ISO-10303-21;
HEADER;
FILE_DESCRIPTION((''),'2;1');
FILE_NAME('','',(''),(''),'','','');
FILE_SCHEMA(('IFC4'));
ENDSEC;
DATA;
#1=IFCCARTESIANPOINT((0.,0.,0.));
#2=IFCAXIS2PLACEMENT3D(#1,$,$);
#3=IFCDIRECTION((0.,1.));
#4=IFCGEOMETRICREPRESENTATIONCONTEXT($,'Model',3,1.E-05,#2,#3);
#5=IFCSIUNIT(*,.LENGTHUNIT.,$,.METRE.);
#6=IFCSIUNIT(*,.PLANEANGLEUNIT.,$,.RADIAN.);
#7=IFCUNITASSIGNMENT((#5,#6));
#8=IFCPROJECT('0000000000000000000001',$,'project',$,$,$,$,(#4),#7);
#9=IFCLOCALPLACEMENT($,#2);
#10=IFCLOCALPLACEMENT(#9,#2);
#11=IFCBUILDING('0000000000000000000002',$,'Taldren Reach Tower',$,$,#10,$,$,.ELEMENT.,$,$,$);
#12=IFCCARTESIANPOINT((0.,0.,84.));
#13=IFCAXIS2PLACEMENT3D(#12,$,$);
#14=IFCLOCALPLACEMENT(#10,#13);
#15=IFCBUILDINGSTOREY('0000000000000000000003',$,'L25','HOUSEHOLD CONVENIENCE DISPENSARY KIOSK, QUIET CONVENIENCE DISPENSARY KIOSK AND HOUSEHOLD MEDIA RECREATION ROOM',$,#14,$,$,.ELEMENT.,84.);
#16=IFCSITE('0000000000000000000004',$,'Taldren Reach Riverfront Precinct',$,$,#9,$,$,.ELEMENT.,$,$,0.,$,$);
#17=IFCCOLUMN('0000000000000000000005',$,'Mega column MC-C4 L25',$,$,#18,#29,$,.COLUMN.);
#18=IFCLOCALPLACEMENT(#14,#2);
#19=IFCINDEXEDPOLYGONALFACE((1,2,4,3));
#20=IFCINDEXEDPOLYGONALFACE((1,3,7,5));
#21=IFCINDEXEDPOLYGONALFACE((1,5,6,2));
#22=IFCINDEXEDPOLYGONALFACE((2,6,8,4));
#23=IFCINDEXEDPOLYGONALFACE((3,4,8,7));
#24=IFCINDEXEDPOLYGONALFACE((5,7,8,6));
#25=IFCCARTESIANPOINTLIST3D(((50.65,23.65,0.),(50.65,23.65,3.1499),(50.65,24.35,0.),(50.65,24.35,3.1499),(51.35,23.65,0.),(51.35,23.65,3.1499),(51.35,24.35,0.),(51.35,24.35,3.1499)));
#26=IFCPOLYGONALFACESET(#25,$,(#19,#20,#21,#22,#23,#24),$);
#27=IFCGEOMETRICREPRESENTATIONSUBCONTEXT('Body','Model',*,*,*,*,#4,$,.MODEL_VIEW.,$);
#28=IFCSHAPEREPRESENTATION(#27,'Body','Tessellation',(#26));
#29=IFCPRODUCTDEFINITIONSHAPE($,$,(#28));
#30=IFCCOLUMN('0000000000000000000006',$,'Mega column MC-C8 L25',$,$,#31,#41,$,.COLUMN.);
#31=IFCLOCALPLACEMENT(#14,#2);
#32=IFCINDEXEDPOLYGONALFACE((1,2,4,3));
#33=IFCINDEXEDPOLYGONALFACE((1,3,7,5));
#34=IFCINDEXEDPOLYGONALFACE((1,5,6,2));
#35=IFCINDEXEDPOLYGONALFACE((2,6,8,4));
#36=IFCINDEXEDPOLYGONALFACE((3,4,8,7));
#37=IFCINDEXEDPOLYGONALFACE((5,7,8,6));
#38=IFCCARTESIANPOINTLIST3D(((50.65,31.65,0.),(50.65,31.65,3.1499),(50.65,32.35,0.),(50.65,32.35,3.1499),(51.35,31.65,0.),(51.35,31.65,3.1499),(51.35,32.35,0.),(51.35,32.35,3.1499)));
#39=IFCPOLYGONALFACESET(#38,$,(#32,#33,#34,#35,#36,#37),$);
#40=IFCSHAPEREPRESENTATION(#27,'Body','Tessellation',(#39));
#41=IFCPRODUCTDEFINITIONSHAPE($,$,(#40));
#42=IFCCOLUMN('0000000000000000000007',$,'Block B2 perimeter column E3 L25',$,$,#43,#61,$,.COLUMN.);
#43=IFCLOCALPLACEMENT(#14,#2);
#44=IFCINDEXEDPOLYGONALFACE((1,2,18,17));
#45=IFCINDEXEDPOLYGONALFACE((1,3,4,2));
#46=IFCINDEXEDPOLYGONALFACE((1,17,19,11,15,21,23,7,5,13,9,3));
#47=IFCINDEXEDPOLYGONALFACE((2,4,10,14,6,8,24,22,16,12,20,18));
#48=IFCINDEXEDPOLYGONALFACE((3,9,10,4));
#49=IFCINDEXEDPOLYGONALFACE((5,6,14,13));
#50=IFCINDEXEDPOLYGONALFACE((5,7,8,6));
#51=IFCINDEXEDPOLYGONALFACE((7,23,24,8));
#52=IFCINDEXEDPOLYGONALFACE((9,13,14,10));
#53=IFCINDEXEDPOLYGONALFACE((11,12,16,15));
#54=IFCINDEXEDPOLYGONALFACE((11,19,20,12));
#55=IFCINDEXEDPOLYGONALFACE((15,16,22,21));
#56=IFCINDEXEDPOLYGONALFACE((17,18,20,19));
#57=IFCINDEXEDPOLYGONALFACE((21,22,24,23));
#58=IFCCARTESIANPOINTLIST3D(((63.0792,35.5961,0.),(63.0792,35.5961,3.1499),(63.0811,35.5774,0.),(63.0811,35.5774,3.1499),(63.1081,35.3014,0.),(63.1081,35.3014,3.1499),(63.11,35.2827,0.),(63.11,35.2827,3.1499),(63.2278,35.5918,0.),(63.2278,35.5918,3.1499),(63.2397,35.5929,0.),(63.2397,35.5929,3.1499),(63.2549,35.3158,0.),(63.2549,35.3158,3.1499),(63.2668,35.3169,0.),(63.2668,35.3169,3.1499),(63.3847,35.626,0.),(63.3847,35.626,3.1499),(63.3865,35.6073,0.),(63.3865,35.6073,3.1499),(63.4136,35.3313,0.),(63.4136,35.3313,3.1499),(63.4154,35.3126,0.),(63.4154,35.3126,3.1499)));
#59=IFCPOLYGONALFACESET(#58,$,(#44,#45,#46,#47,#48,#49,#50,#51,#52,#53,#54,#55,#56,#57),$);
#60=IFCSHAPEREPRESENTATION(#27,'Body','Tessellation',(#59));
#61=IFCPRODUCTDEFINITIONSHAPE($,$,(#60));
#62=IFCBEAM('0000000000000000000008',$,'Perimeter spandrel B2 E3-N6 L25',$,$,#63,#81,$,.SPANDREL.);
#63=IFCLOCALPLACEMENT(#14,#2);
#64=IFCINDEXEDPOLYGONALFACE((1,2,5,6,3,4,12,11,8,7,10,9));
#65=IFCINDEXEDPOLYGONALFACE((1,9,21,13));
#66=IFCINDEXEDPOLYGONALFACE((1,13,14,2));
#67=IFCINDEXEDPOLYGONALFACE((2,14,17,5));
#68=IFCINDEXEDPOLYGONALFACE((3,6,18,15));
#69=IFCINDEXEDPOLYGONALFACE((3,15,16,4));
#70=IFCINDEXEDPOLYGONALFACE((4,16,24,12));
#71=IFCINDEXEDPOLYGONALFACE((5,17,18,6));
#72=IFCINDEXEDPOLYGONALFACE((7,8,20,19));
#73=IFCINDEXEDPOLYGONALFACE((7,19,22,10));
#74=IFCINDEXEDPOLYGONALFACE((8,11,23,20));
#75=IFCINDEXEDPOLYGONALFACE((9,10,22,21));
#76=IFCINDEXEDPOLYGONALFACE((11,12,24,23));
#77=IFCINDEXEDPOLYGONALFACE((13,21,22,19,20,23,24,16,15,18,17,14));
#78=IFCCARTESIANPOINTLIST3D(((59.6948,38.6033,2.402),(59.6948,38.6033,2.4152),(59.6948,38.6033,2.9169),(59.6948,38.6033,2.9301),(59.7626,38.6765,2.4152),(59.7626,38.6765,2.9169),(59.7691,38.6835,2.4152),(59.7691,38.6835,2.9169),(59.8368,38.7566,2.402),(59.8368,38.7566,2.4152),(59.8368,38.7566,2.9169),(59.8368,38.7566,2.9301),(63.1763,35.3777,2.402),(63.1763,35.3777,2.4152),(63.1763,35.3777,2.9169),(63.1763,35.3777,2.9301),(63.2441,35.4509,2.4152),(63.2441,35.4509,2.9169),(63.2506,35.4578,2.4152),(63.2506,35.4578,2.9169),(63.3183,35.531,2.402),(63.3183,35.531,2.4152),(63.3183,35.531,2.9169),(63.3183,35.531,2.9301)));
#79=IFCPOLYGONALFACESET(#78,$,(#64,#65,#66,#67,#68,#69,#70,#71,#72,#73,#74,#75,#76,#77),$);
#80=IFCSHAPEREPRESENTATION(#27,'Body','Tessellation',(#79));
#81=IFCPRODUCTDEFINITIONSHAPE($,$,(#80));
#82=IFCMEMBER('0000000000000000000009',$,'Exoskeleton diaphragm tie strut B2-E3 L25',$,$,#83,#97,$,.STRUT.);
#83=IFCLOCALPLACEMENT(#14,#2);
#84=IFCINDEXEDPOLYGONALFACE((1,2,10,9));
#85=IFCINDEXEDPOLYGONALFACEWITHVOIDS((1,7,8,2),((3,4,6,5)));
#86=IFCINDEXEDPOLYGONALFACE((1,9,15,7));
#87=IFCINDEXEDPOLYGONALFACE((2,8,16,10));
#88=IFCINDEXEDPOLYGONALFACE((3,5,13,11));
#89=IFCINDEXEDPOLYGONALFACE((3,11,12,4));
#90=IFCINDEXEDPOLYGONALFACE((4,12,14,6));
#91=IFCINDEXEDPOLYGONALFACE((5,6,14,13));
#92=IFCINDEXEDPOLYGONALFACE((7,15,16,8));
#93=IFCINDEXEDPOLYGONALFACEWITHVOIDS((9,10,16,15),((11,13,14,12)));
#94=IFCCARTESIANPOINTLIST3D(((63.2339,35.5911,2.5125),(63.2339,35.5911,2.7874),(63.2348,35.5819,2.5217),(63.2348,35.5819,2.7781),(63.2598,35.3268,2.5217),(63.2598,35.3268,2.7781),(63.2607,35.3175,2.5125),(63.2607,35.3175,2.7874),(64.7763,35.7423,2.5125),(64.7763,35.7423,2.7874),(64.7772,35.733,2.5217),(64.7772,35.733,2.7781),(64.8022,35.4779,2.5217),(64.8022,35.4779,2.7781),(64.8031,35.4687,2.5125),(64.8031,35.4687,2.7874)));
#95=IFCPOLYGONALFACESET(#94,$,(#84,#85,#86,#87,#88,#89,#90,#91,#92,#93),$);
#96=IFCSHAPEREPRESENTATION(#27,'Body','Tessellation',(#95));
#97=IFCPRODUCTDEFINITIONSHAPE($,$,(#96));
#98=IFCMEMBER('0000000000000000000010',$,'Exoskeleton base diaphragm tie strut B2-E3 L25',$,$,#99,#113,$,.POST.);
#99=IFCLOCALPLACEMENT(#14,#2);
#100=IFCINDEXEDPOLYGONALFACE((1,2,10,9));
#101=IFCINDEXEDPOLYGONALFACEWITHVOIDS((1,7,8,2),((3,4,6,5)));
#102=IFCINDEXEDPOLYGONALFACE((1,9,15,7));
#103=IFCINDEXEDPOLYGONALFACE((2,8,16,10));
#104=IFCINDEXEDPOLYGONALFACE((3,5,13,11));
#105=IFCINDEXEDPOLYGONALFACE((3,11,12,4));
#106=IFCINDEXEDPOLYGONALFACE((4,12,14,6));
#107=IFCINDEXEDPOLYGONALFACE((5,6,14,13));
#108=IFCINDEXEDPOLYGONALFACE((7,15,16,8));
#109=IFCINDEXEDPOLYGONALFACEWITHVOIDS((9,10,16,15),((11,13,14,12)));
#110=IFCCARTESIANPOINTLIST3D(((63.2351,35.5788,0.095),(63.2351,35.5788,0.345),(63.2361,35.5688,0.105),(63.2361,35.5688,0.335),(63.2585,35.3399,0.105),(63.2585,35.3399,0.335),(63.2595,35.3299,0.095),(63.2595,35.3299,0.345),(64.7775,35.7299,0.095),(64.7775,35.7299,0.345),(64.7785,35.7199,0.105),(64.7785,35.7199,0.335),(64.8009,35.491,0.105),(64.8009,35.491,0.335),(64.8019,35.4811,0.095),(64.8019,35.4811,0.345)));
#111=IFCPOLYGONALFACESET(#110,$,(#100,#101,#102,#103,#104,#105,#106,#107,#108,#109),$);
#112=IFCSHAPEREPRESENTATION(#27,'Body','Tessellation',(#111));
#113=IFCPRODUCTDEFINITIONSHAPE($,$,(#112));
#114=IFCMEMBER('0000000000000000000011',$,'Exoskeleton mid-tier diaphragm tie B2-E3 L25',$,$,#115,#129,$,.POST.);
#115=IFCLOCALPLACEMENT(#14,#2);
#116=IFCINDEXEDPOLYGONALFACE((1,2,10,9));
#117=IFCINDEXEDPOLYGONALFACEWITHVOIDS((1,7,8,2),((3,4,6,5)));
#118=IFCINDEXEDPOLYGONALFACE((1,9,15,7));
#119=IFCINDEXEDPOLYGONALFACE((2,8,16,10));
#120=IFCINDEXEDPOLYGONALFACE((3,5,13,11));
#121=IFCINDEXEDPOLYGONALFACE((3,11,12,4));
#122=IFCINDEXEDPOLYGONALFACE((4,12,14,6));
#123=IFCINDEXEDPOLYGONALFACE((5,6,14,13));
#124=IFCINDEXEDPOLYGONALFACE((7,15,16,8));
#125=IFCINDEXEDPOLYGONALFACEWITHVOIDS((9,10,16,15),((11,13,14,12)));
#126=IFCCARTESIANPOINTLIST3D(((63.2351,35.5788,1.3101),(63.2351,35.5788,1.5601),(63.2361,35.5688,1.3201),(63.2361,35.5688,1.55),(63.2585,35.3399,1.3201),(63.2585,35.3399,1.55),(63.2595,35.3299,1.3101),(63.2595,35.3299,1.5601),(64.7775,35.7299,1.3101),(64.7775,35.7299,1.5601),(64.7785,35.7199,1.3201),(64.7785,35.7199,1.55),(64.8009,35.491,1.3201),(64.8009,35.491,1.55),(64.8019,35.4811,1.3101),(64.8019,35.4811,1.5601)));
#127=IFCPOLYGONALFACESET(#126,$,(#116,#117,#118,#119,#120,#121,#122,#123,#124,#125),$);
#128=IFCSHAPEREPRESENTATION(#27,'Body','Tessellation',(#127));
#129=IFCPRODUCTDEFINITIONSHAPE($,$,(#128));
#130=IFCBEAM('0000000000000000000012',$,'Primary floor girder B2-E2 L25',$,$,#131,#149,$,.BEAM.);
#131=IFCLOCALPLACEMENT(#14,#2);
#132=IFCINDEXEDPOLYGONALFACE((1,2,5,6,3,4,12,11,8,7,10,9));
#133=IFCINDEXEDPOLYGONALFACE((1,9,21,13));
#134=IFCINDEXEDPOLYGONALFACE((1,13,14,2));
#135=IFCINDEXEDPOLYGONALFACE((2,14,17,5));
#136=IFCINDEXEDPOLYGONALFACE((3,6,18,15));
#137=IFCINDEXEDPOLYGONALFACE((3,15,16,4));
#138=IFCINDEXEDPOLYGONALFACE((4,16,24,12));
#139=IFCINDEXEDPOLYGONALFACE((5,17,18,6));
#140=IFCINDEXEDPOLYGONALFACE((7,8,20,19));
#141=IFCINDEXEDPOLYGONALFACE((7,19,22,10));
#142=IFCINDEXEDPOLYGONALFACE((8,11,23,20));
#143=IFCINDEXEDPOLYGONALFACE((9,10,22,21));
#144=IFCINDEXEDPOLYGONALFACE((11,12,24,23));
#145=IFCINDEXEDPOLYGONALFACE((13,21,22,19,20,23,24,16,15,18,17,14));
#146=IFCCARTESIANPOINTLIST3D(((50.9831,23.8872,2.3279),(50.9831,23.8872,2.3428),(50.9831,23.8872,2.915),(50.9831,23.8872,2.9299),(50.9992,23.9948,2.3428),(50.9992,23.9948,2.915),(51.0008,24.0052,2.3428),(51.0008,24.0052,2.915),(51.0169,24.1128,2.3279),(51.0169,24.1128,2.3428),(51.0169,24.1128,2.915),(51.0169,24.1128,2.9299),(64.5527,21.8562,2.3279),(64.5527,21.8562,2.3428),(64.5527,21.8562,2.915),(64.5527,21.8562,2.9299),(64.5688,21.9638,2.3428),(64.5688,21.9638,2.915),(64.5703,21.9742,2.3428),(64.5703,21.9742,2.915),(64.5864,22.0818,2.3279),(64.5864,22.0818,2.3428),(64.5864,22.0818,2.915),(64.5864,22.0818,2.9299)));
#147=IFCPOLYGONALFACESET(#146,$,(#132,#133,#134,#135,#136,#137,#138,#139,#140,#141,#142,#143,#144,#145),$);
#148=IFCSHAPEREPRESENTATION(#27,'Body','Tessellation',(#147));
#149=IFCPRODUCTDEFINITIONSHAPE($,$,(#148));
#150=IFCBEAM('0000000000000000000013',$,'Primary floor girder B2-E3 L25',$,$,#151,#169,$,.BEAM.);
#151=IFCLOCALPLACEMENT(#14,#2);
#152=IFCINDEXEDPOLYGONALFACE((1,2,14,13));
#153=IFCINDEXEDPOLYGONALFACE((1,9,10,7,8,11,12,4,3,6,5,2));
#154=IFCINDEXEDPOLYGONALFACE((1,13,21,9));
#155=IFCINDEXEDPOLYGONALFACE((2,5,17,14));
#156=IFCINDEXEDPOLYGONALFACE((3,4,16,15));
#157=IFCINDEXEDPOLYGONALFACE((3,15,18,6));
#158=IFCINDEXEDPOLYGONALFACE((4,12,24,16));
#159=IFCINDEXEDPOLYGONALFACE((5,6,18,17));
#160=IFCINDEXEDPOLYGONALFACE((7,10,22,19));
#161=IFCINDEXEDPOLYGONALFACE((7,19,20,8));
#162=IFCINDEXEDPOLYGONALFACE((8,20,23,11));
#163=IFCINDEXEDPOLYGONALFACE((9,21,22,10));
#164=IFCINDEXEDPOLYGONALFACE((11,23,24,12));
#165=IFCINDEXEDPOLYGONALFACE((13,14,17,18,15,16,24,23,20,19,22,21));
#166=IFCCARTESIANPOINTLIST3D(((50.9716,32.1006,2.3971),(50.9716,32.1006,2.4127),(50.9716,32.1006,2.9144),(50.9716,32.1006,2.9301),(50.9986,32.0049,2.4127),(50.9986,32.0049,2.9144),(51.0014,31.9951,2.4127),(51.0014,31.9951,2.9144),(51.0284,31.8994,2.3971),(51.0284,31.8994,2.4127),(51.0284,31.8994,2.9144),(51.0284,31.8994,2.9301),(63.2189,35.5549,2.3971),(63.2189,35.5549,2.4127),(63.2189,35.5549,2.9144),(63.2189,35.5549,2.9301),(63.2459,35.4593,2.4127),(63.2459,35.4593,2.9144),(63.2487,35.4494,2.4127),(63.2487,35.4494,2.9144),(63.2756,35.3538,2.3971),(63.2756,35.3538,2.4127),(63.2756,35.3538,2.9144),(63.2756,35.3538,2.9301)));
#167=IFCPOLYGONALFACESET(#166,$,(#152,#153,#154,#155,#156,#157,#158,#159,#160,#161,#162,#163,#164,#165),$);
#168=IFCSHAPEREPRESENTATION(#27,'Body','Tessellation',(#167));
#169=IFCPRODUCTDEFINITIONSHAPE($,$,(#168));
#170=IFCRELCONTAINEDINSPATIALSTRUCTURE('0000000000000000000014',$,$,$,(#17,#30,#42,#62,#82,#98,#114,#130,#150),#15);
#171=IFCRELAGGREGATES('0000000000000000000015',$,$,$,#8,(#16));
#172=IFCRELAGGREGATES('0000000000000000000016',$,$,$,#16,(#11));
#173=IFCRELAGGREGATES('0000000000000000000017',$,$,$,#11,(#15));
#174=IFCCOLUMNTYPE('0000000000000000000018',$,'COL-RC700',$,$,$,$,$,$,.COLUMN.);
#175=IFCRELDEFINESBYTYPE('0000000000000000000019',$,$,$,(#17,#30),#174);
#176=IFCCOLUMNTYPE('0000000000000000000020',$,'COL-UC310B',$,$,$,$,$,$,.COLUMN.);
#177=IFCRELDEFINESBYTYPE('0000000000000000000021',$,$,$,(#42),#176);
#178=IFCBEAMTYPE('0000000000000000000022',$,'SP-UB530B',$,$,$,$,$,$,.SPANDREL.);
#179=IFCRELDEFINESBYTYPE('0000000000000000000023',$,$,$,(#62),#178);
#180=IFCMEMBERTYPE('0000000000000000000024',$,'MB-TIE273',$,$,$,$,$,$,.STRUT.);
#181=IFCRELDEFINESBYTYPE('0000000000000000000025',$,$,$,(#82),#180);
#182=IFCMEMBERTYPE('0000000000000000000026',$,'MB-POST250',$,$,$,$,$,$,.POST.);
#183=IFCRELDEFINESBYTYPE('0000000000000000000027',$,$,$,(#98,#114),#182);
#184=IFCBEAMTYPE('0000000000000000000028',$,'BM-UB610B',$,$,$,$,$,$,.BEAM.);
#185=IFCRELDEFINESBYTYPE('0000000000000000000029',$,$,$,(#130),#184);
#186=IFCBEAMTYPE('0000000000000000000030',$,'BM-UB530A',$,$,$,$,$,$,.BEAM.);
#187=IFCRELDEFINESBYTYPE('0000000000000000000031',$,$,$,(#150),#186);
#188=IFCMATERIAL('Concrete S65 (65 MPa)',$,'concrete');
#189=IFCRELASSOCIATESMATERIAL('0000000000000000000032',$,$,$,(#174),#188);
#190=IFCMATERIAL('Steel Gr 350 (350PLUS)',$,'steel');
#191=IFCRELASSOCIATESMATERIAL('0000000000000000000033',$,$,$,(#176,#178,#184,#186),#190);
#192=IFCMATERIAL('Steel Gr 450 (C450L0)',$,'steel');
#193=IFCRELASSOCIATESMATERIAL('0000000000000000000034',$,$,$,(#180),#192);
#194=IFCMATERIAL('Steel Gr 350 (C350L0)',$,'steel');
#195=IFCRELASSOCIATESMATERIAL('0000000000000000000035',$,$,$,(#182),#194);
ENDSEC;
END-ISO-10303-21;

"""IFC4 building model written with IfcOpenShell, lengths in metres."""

from ifc_helpers import new_model, si_unit, direction, frame, origin, origin_2d, place, context, subcontext, project, spatial, rectangle, hollow_rectangle, i_section, extrude, source, transform, mapped, material, material_profile, profile_set, type_object, element, save


model = new_model("IFC4")

# Units and contexts
model_context = context("Model", 3, precision=1e-05, world=origin(), true_north=direction((0.0, 1.0)))
body_context = subcontext(model_context, "Body", "Model", "MODEL_VIEW")
ifc_project = project(units=[si_unit("LENGTHUNIT", "METRE"), si_unit("PLANEANGLEUNIT", "RADIAN")], contexts=[model_context])

# Site, building, storey
site_placement = place(None, origin())
site = spatial("IfcSite", under=ifc_project, at=site_placement, Name="Taldren Reach Riverfront Precinct", CompositionType="ELEMENT", RefElevation=0.0)
building_placement = place(site_placement, origin())
building = spatial("IfcBuilding", under=site, at=building_placement, Name="Taldren Reach Tower", CompositionType="ELEMENT")
storey_placement = place(building_placement, frame((0.0, 0.0, 84.0)))
storey = spatial("IfcBuildingStorey", under=building, at=storey_placement, Name="L25", Description="HOUSEHOLD CONVENIENCE DISPENSARY KIOSK, QUIET CONVENIENCE DISPENSARY KIOSK AND HOUSEHOLD MEDIA RECREATION ROOM", CompositionType="ELEMENT", Elevation=84.0)

# Columns
ifc_material_1 = material(Name="Concrete S65 (65 MPa)", Category="concrete")
ifc_material_profile_1 = material_profile(ifc_material_1, rectangle(XDim=0.7, YDim=0.7, at=origin_2d()), Name="RC-700x700")
ifc_profile_set_1 = profile_set([ifc_material_profile_1], Name="Concrete S65 (65 MPa)")
column_type_1 = type_object("IfcColumnType", Name="COL-RC700", PredefinedType="COLUMN", material=ifc_profile_set_1)
shared_shape_1 = source(origin(), body_context, "Body", "SweptSolid", [
    extrude(rectangle(XDim=0.7, YDim=0.7, at=origin_2d()), origin(), (0.0, 0.0, 1.0), 3.1499),
])
for number, where, z_axis, x_axis, name in (
    (1, (51.0, 24.0, 0.0), (0.0, 0.0, 1.0), (1.0, 0.0, 0.0), "Mega column MC-C4 L25"),
    (2, (51.0, 32.0, 0.0), (0.0, 0.0, 1.0), (1.0, 0.0, 0.0), "Mega column MC-C8 L25"),
):
    element("IfcColumn", number, at=place(storey_placement, frame(where, z_axis=z_axis, x_axis=x_axis)), inside=storey, type_object=column_type_1, Name=name, PredefinedType="COLUMN", context=body_context, shape_type="MappedRepresentation", body=[
        mapped(shared_shape_1, transform((0.0, 0.0, 0.0), scale=1.0)),
    ])
ifc_material_2 = material(Name="Steel Gr 350 (350PLUS)", Category="steel")
ifc_material_profile_2 = material_profile(ifc_material_2, i_section(OverallWidth=0.3069, OverallDepth=0.3149, WebThickness=0.012, FlangeThickness=0.0188, at=origin_2d()), Name="310UC118")
ifc_profile_set_2 = profile_set([ifc_material_profile_2], Name="Steel Gr 350 (350PLUS)")
column_type_2 = type_object("IfcColumnType", Name="COL-UC310B", PredefinedType="COLUMN", material=ifc_profile_set_2)
shared_shape_2 = source(origin(), body_context, "Body", "SweptSolid", [
    extrude(i_section(OverallWidth=0.3069, OverallDepth=0.3149, WebThickness=0.012, FlangeThickness=0.0188, at=origin_2d()), origin(), (0.0, 0.0, 1.0), 3.1499),
])
column_placement = place(storey_placement, frame((63.2473, 35.4543, 0.0), z_axis=(0.0, 0.0, 1.0), x_axis=(0.995227, 0.097583, 0.0)))
element("IfcColumn", 3, at=column_placement, inside=storey, type_object=column_type_2, Name="Block B2 perimeter column E3 L25", PredefinedType="COLUMN", context=body_context, shape_type="MappedRepresentation", body=[
    mapped(shared_shape_2, transform((0.0, 0.0, 0.0), scale=1.0)),
])

# Beam
ifc_material_profile_3 = material_profile(ifc_material_2, i_section(OverallWidth=0.209, OverallDepth=0.5281, WebThickness=0.0095, FlangeThickness=0.0132, at=origin_2d()), Name="530UB82.0")
ifc_profile_set_3 = profile_set([ifc_material_profile_3], Name="Steel Gr 350 (350PLUS)")
beam_type_1 = type_object("IfcBeamType", Name="SP-UB530B", PredefinedType="SPANDREL", material=ifc_profile_set_3)
shared_shape_3 = source(origin(), body_context, "Body", "SweptSolid", [
    extrude(i_section(OverallWidth=0.209, OverallDepth=0.5281, WebThickness=0.0095, FlangeThickness=0.0132, at=origin_2d()), origin(), (0.0, 0.0, 1.0), 4.7461),
])
beam_1_placement = place(storey_placement, frame((63.2473, 35.4543, 2.666), z_axis=(-0.733548, 0.679638, 0.0), x_axis=(-0.679638, -0.733548, 0.0)))
element("IfcBeam", 4, at=beam_1_placement, inside=storey, type_object=beam_type_1, Name="Perimeter spandrel B2 E3-N6 L25", PredefinedType="SPANDREL", context=body_context, shape_type="MappedRepresentation", body=[
    mapped(shared_shape_3, transform((0.0, 0.0, 0.0), scale=1.0)),
])

# Members
ifc_material_3 = material(Name="Steel Gr 450 (C450L0)", Category="steel")
ifc_material_profile_4 = material_profile(ifc_material_3, hollow_rectangle(XDim=0.2749, YDim=0.2749, WallThickness=0.0093, at=origin_2d()), Name="275x275x9.3SHS")
ifc_profile_set_4 = profile_set([ifc_material_profile_4], Name="Steel Gr 450 (C450L0)")
member_type_1 = type_object("IfcMemberType", Name="MB-TIE273", PredefinedType="STRUT", material=ifc_profile_set_4)
shared_shape_4 = source(origin(), body_context, "Body", "SweptSolid", [
    extrude(hollow_rectangle(XDim=0.2749, YDim=0.2749, WallThickness=0.0093, at=origin_2d()), origin(), (0.0, 0.0, 1.0), 1.5498),
])
member_placement = place(storey_placement, frame((63.2473, 35.4543, 2.6499), z_axis=(0.995235, 0.097507, 0.0), x_axis=(-0.097507, 0.995235, 0.0)))
element("IfcMember", 5, at=member_placement, inside=storey, type_object=member_type_1, Name="Exoskeleton diaphragm tie strut B2-E3 L25", PredefinedType="STRUT", context=body_context, shape_type="MappedRepresentation", body=[
    mapped(shared_shape_4, transform((0.0, 0.0, 0.0), scale=1.0)),
])
ifc_material_4 = material(Name="Steel Gr 350 (C350L0)", Category="steel")
ifc_material_profile_5 = material_profile(ifc_material_4, hollow_rectangle(XDim=0.25, YDim=0.25, WallThickness=0.01, at=origin_2d()), Name="250x250x10.0SHS")
ifc_profile_set_5 = profile_set([ifc_material_profile_5], Name="Steel Gr 350 (C350L0)")
member_type_2 = type_object("IfcMemberType", Name="MB-POST250", PredefinedType="POST", material=ifc_profile_set_5)
shared_shape_5 = source(origin(), body_context, "Body", "SweptSolid", [
    extrude(hollow_rectangle(XDim=0.25, YDim=0.25, WallThickness=0.01, at=origin_2d()), origin(), (0.0, 0.0, 1.0), 1.5498),
])
for number, where, z_axis, x_axis, name in (
    (6, (63.2473, 35.4543, 0.22), (0.995235, 0.097507, 0.0), (-0.097507, 0.995235, 0.0), "Exoskeleton base diaphragm tie strut B2-E3 L25"),
    (7, (63.2473, 35.4543, 1.4351), (0.995235, 0.097507, 0.0), (-0.097507, 0.995235, 0.0), "Exoskeleton mid-tier diaphragm tie B2-E3 L25"),
):
    element("IfcMember", number, at=place(storey_placement, frame(where, z_axis=z_axis, x_axis=x_axis)), inside=storey, type_object=member_type_2, Name=name, PredefinedType="POST", context=body_context, shape_type="MappedRepresentation", body=[
        mapped(shared_shape_5, transform((0.0, 0.0, 0.0), scale=1.0)),
    ])

# Beams
ifc_material_profile_6 = material_profile(ifc_material_2, i_section(OverallWidth=0.228, OverallDepth=0.6021, WebThickness=0.0105, FlangeThickness=0.0149, at=origin_2d()), Name="610UB101")
ifc_profile_set_6 = profile_set([ifc_material_profile_6], Name="Steel Gr 350 (350PLUS)")
beam_type_2 = type_object("IfcBeamType", Name="BM-UB610B", PredefinedType="BEAM", material=ifc_profile_set_6)
shared_shape_6 = source(origin(), body_context, "Body", "SweptSolid", [
    extrude(i_section(OverallWidth=0.228, OverallDepth=0.6021, WebThickness=0.0105, FlangeThickness=0.0149, at=origin_2d()), origin(), (0.0, 0.0, 1.0), 13.7207),
])
beam_2_placement = place(storey_placement, frame((51.0, 24.0, 2.6289), z_axis=(0.988984, -0.148025, 0.0), x_axis=(0.148025, 0.988984, 0.0)))
element("IfcBeam", 8, at=beam_2_placement, inside=storey, type_object=beam_type_2, Name="Primary floor girder B2-E2 L25", PredefinedType="BEAM", context=body_context, shape_type="MappedRepresentation", body=[
    mapped(shared_shape_6, transform((0.0, 0.0, 0.0), scale=1.0)),
])
ifc_material_profile_7 = material_profile(ifc_material_2, i_section(OverallWidth=0.209, OverallDepth=0.533, WebThickness=0.0103, FlangeThickness=0.0156, at=origin_2d()), Name="530UB92.4")
ifc_profile_set_7 = profile_set([ifc_material_profile_7], Name="Steel Gr 350 (350PLUS)")
beam_type_3 = type_object("IfcBeamType", Name="BM-UB530A", PredefinedType="BEAM", material=ifc_profile_set_7)
shared_shape_7 = source(origin(), body_context, "Body", "SweptSolid", [
    extrude(i_section(OverallWidth=0.209, OverallDepth=0.533, WebThickness=0.0103, FlangeThickness=0.0156, at=origin_2d()), origin(), (0.0, 0.0, 1.0), 12.7251),
])
beam_3_placement = place(storey_placement, frame((51.0, 32.0, 2.6636), z_axis=(0.96245, 0.271458, 0.0), x_axis=(-0.271458, 0.96245, 0.0)))
element("IfcBeam", 9, at=beam_3_placement, inside=storey, type_object=beam_type_3, Name="Primary floor girder B2-E3 L25", PredefinedType="BEAM", context=body_context, shape_type="MappedRepresentation", body=[
    mapped(shared_shape_7, transform((0.0, 0.0, 0.0), scale=1.0)),
])

save(model, "model.ifc")
